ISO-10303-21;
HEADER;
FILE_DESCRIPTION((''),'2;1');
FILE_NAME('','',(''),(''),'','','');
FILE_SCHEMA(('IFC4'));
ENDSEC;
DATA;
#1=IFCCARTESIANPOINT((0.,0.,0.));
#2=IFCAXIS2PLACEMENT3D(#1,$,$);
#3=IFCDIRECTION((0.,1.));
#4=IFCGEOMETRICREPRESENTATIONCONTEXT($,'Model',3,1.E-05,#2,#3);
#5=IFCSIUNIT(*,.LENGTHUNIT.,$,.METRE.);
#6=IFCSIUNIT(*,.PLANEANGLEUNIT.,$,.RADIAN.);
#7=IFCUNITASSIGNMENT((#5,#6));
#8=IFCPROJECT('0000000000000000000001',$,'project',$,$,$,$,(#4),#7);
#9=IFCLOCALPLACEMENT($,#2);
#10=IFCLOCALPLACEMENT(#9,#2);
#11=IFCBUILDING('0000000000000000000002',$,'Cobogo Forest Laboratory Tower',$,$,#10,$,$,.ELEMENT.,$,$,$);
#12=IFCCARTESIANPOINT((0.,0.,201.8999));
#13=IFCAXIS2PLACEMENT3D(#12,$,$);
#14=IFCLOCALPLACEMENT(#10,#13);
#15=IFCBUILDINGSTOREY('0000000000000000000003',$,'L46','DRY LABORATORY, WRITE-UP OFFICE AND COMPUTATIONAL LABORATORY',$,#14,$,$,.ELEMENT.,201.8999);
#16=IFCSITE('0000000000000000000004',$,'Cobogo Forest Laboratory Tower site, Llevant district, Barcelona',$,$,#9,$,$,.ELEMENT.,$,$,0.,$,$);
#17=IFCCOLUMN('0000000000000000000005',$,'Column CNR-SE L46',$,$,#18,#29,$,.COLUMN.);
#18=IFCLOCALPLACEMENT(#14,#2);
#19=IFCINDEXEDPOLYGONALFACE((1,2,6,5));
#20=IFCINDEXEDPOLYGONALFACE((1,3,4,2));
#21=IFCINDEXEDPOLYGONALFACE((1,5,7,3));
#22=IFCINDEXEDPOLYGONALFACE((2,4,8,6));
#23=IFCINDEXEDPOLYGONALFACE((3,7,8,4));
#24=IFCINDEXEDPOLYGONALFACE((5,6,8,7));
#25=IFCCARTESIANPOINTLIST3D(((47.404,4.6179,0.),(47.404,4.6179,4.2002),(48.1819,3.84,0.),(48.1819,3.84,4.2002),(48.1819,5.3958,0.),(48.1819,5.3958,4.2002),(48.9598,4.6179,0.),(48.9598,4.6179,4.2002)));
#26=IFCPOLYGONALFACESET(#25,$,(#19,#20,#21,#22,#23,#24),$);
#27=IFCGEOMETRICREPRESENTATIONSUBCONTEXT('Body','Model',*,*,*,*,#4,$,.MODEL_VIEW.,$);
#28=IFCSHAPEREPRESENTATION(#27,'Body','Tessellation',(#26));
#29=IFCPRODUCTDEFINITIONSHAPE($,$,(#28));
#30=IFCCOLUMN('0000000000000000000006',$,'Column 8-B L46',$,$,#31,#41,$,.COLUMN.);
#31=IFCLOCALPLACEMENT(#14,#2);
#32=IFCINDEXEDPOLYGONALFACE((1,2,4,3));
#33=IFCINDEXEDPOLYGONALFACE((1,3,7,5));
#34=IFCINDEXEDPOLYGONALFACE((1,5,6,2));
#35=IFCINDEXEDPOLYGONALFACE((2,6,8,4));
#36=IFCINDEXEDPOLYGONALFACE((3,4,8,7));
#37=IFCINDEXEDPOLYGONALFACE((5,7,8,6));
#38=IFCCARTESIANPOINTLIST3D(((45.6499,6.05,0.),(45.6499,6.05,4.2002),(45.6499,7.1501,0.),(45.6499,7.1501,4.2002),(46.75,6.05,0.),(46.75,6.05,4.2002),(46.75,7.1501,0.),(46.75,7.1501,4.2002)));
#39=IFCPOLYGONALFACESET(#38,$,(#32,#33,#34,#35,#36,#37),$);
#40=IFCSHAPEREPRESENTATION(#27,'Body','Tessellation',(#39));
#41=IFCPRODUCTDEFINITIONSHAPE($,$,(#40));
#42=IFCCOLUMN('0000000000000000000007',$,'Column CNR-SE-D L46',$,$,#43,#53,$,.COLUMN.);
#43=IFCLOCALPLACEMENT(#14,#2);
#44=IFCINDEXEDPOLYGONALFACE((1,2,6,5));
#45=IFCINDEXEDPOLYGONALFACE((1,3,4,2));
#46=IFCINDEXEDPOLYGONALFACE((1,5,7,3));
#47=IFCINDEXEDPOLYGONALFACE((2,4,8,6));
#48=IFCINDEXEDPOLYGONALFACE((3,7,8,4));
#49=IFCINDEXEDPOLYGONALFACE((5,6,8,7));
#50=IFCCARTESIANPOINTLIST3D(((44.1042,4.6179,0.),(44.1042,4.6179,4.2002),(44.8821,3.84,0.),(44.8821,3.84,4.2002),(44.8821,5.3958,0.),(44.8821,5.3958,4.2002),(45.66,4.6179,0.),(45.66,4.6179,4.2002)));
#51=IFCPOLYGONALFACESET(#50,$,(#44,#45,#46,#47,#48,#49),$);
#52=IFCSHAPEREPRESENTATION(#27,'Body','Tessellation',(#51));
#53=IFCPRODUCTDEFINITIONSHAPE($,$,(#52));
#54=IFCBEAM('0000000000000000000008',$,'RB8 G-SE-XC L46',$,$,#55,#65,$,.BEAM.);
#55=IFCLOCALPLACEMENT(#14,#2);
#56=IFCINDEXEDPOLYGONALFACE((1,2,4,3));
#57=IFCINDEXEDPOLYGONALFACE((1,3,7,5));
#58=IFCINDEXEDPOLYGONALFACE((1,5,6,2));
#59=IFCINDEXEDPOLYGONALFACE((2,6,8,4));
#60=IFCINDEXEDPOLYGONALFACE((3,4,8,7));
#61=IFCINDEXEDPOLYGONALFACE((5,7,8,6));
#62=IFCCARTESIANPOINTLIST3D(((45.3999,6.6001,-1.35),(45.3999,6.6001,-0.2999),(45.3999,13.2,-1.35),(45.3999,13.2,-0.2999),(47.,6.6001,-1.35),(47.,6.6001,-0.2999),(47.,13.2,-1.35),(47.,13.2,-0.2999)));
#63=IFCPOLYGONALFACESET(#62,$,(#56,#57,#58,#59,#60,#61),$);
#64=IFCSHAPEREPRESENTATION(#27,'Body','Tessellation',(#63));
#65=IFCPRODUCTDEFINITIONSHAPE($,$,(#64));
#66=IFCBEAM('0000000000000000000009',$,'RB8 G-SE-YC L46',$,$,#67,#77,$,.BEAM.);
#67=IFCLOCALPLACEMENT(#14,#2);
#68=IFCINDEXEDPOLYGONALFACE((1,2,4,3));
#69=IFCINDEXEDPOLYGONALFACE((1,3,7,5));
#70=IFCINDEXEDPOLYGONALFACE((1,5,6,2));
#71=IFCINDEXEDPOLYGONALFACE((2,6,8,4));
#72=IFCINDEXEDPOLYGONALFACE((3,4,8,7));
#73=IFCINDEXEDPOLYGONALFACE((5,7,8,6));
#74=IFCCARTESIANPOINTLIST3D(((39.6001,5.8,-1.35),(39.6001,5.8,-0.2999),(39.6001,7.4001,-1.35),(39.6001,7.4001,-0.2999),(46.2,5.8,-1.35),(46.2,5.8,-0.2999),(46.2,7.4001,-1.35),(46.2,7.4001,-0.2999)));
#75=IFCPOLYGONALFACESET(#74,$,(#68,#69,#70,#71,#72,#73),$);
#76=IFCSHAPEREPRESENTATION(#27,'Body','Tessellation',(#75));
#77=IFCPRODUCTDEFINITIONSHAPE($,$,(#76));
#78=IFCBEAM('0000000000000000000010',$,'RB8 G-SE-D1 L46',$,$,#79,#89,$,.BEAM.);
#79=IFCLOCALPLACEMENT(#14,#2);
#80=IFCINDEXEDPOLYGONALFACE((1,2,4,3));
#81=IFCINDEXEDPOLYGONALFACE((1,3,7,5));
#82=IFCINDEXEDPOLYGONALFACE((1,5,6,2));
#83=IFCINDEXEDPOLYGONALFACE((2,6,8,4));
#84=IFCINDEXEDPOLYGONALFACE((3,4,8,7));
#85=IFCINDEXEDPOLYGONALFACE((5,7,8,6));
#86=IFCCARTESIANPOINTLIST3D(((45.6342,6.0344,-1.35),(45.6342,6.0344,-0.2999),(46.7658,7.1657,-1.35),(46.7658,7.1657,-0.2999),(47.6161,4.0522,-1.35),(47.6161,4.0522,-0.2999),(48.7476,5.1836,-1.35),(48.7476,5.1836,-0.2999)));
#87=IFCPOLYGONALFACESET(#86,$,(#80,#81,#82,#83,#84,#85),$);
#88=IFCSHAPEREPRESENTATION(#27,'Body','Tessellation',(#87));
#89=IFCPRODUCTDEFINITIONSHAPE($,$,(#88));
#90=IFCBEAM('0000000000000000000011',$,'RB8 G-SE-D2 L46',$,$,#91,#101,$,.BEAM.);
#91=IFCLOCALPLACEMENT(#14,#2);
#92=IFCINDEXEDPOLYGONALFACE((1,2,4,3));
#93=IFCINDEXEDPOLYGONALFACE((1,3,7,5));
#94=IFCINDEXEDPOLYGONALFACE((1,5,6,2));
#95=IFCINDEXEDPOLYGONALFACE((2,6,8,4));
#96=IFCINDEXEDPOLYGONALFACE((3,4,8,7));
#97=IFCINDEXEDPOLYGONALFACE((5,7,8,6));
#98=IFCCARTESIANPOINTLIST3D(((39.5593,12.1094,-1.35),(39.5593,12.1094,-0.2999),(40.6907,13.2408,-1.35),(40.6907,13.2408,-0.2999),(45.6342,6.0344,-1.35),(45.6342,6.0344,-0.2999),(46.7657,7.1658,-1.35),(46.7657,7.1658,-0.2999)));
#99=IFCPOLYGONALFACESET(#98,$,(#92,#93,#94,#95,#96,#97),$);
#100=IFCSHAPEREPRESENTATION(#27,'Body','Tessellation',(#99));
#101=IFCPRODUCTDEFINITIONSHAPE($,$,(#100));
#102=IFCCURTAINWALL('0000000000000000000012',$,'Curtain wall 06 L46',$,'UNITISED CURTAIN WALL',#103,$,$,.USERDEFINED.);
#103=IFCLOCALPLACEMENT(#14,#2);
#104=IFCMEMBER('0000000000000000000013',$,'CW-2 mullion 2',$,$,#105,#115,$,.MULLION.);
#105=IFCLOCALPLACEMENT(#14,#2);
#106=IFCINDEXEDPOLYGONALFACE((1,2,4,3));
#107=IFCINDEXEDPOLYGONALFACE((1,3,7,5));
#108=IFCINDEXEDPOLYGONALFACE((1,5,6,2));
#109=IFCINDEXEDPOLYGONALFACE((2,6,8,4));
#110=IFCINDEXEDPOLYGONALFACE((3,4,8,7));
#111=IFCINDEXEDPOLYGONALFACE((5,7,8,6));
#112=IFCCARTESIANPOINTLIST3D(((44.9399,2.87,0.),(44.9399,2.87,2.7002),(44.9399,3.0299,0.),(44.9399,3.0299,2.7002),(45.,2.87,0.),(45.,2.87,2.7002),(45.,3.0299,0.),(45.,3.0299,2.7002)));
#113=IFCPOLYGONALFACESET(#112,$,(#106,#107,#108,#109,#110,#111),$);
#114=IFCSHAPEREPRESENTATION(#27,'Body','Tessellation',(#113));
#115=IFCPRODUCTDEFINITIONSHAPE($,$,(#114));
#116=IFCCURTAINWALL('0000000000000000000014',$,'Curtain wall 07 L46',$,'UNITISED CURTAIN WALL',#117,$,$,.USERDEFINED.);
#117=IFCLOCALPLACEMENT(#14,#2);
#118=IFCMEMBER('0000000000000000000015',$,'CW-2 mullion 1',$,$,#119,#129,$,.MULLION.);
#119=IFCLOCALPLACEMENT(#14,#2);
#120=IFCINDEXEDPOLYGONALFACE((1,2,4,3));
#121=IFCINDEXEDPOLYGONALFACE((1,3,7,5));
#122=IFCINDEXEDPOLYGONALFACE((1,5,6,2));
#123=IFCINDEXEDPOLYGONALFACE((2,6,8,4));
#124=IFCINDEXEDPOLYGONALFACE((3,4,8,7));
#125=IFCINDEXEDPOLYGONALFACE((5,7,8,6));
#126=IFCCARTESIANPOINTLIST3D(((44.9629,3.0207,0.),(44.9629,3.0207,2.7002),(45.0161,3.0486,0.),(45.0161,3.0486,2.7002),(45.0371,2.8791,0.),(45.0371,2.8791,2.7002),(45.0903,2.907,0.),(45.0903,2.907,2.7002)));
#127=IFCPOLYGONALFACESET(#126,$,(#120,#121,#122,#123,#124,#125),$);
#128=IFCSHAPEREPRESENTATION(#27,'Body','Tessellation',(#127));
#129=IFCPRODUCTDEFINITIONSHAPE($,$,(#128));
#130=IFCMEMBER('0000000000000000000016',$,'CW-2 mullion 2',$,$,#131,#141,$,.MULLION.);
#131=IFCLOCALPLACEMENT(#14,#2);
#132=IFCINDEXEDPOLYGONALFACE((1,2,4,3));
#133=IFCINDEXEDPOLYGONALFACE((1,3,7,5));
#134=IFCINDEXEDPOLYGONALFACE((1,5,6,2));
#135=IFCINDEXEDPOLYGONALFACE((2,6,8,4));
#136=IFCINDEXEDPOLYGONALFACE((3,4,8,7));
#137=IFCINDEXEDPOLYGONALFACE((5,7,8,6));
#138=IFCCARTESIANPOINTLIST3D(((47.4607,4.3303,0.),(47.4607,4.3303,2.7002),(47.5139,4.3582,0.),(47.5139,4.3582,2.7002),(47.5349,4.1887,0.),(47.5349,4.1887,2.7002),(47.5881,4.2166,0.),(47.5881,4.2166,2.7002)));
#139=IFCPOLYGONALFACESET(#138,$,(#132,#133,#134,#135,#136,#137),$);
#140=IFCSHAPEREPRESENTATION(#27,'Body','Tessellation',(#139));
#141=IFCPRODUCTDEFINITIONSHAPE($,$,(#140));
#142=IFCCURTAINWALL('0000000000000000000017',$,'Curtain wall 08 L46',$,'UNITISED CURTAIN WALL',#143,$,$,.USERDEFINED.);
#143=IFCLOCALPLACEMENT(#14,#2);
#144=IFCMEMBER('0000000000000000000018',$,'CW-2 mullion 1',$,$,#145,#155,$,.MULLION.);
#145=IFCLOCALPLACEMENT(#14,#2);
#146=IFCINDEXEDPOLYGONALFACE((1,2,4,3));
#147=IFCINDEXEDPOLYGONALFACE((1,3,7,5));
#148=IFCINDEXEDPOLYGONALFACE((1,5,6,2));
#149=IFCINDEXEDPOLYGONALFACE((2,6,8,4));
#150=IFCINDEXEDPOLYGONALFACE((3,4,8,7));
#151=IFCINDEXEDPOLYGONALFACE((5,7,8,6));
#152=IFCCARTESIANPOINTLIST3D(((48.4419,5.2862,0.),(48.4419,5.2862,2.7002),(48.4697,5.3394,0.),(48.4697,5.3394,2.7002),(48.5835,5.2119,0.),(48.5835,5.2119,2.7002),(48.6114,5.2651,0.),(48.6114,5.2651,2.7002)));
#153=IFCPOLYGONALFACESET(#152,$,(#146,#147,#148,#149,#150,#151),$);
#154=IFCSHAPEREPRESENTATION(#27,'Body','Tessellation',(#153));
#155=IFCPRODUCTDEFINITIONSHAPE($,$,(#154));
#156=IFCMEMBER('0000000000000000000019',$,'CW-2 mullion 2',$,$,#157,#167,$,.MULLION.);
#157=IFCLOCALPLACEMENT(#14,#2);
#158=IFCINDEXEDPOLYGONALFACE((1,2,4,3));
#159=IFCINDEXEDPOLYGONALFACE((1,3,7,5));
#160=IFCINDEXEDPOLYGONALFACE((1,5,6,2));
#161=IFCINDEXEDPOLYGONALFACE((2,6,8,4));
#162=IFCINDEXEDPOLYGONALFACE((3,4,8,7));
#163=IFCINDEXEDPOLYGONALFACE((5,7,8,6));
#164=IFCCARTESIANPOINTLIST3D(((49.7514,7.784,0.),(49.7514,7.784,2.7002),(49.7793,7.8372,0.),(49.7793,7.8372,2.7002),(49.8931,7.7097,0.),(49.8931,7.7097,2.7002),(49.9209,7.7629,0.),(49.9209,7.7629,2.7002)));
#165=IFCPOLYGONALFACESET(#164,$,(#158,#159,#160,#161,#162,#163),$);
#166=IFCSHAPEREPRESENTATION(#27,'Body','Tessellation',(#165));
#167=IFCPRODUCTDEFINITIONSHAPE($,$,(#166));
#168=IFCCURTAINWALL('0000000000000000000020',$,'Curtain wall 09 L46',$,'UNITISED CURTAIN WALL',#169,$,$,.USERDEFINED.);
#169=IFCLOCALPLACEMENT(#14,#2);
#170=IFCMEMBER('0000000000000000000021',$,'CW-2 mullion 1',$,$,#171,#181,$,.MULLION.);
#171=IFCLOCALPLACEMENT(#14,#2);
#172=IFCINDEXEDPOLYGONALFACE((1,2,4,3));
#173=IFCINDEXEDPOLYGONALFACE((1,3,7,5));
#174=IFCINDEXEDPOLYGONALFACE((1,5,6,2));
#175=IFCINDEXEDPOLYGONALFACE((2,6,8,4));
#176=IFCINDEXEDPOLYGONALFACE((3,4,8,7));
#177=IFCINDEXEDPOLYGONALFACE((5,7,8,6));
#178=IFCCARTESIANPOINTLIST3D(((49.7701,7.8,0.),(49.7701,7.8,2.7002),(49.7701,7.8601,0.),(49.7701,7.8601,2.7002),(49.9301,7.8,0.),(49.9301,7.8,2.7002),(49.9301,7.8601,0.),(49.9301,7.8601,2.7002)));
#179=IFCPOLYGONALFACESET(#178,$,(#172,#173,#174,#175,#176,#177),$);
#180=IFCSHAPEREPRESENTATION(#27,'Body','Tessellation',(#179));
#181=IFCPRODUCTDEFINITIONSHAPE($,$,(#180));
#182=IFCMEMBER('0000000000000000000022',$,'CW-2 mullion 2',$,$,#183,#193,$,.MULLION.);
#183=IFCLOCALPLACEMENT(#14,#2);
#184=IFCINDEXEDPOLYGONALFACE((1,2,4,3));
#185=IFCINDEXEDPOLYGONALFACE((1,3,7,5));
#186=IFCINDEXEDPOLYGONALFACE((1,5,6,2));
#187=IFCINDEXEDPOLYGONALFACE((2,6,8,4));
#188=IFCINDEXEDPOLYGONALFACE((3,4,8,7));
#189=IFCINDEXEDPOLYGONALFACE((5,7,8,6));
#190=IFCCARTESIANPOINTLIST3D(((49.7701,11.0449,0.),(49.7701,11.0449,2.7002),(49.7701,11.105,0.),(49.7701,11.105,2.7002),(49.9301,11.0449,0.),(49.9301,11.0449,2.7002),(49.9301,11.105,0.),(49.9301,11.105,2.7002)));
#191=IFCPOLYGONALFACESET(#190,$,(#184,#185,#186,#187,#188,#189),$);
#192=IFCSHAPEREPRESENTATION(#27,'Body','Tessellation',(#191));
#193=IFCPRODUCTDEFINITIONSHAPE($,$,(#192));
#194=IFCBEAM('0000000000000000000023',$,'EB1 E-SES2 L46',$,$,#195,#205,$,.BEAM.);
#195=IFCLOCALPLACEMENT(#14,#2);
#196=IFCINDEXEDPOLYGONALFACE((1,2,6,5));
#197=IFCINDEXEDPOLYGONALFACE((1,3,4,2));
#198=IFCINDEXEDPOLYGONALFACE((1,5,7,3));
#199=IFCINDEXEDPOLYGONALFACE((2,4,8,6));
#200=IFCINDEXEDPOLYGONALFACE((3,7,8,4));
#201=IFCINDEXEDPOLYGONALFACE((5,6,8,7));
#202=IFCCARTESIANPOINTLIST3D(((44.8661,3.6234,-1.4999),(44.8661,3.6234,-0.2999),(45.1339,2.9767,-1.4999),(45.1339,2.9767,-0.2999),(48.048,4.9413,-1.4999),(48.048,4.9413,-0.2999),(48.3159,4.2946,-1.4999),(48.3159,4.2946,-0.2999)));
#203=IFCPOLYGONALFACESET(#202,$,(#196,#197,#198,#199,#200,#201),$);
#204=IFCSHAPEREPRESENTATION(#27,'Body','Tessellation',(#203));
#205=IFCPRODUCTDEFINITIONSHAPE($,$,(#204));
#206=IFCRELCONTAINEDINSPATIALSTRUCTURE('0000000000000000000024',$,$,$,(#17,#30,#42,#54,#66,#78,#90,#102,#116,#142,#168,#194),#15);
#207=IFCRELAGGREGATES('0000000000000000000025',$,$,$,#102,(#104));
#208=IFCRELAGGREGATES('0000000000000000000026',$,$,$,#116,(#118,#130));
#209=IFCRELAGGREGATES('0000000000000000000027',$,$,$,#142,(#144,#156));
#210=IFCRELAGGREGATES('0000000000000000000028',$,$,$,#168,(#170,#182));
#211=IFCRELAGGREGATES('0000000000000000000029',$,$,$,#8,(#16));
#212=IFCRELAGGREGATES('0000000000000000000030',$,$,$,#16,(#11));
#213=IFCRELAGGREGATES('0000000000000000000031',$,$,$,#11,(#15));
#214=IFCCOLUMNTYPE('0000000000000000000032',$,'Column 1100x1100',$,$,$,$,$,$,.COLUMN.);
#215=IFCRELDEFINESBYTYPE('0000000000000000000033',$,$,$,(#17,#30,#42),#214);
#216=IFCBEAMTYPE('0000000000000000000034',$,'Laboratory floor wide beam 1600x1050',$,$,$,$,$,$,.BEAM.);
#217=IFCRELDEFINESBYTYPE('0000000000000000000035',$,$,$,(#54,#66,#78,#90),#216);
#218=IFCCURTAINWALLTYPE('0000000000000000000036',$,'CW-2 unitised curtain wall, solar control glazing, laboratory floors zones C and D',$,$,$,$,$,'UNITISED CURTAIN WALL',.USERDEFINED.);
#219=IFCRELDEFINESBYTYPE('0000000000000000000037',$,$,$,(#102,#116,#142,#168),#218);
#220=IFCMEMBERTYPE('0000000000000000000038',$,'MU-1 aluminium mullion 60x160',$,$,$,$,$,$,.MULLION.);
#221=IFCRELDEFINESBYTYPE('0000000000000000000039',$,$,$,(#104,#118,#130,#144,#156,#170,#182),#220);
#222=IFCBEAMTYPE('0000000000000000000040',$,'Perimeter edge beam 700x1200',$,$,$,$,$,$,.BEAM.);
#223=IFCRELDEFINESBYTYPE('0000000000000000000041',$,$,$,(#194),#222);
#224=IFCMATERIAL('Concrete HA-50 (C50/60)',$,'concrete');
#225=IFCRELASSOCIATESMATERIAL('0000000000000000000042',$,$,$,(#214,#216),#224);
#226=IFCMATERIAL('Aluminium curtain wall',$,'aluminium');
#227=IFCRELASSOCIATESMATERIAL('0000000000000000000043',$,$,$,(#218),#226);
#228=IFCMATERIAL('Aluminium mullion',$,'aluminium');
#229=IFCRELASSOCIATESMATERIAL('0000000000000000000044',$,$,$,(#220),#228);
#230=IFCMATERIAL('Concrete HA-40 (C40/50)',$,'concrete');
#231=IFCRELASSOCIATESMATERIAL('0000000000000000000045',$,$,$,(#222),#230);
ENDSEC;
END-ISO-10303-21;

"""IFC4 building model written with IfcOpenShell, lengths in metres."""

from ifc_helpers import new_model, si_unit, direction, frame, origin, origin_2d, place, context, subcontext, project, spatial, rectangle, extrude, material, material_profile, profile_set, type_object, element, aggregate, save


model = new_model("IFC4")

# Units and contexts
model_context = context("Model", 3, precision=1e-05, world=origin(), true_north=direction((0.0, 1.0)))
body_context = subcontext(model_context, "Body", "Model", "MODEL_VIEW")
ifc_project = project(units=[si_unit("LENGTHUNIT", "METRE"), si_unit("PLANEANGLEUNIT", "RADIAN")], contexts=[model_context])

# Site, building, storey
site_placement = place(None, origin())
site = spatial("IfcSite", under=ifc_project, at=site_placement, Name="Cobogo Forest Laboratory Tower site, Llevant district, Barcelona", CompositionType="ELEMENT", RefElevation=0.0)
building_placement = place(site_placement, origin())
building = spatial("IfcBuilding", under=site, at=building_placement, Name="Cobogo Forest Laboratory Tower", CompositionType="ELEMENT")
storey_placement = place(building_placement, frame((0.0, 0.0, 201.8999)))
storey = spatial("IfcBuildingStorey", under=building, at=storey_placement, Name="L46", Description="DRY LABORATORY, WRITE-UP OFFICE AND COMPUTATIONAL LABORATORY", CompositionType="ELEMENT", Elevation=201.8999)

# Columns
ifc_material_1 = material(Name="Concrete HA-50 (C50/60)", Category="concrete")
ifc_material_profile_1 = material_profile(ifc_material_1, rectangle(XDim=1.1001, YDim=1.1001, at=origin_2d()), Name="RC 1100x1100")
ifc_profile_set_1 = profile_set([ifc_material_profile_1], Name="Concrete HA-50 (C50/60)")
column_type = type_object("IfcColumnType", Name="Column 1100x1100", PredefinedType="COLUMN", material=ifc_profile_set_1)
for number, where, z_axis, x_axis, name in (
    (1, (48.1819, 4.6179, 0.0), (0.0, 0.0, 1.0), (0.707107, 0.707107, 0.0), "Column CNR-SE L46"),
    (2, (46.2, 6.6001, 0.0), (0.0, 0.0, 1.0), (1.0, 0.0, 0.0), "Column 8-B L46"),
    (3, (44.8821, 4.6179, 0.0), (0.0, 0.0, 1.0), (0.707107, 0.707107, 0.0), "Column CNR-SE-D L46"),
):
    element("IfcColumn", number, at=place(storey_placement, frame(where, z_axis=z_axis, x_axis=x_axis)), inside=storey, type_object=column_type, Name=name, PredefinedType="COLUMN", context=body_context, shape_type="SweptSolid", body=[
        extrude(rectangle(XDim=1.1001, YDim=1.1001, at=origin_2d()), origin(), (0.0, 0.0, 1.0), 4.2002),
    ])

# Beams
ifc_material_profile_2 = material_profile(ifc_material_1, rectangle(XDim=1.6001, YDim=1.05, at=origin_2d()), Name="RC 1600x1050")
ifc_profile_set_2 = profile_set([ifc_material_profile_2], Name="Concrete HA-50 (C50/60)")
beam_type_1 = type_object("IfcBeamType", Name="Laboratory floor wide beam 1600x1050", PredefinedType="BEAM", material=ifc_profile_set_2)
for number, where, z_axis, x_axis, name in (
    (4, (46.2, 6.6001, -0.825), (0.0, 1.0, 0.0), (-1.0, 0.0, 0.0), "RB8 G-SE-XC L46"),
    (5, (46.2, 6.6001, -0.825), (-1.0, 0.0, 0.0), (0.0, -1.0, 0.0), "RB8 G-SE-YC L46"),
):
    element("IfcBeam", number, at=place(storey_placement, frame(where, z_axis=z_axis, x_axis=x_axis)), inside=storey, type_object=beam_type_1, Name=name, PredefinedType="BEAM", context=body_context, shape_type="SweptSolid", body=[
        extrude(rectangle(XDim=1.6001, YDim=1.05, at=origin_2d()), origin(), (0.0, 0.0, 1.0), 6.5999),
    ])
beam_1_placement = place(storey_placement, frame((48.1819, 4.6179, -0.825), z_axis=(-0.707063, 0.70715, 0.0), x_axis=(-0.70715, -0.707063, 0.0)))
element("IfcBeam", 6, at=beam_1_placement, inside=storey, type_object=beam_type_1, Name="RB8 G-SE-D1 L46", PredefinedType="BEAM", context=body_context, shape_type="SweptSolid", body=[
    extrude(rectangle(XDim=1.6001, YDim=1.05, at=origin_2d()), origin(), (0.0, 0.0, 1.0), 2.803),
])
beam_2_placement = place(storey_placement, frame((46.2, 6.6001, -0.825), z_axis=(-0.707107, 0.707107, 0.0), x_axis=(-0.707107, -0.707107, 0.0)))
element("IfcBeam", 7, at=beam_2_placement, inside=storey, type_object=beam_type_1, Name="RB8 G-SE-D2 L46", PredefinedType="BEAM", context=body_context, shape_type="SweptSolid", body=[
    extrude(rectangle(XDim=1.6001, YDim=1.05, at=origin_2d()), origin(), (0.0, 0.0, 1.0), 8.5913),
])

# Curtain wall, member
ifc_material_2 = material(Name="Aluminium curtain wall", Category="aluminium")
curtain_wall_type = type_object("IfcCurtainWallType", Name="CW-2 unitised curtain wall, solar control glazing, laboratory floors zones C and D", ElementType="UNITISED CURTAIN WALL", PredefinedType="USERDEFINED", material=ifc_material_2)
curtain_wall_1_placement = place(storey_placement, origin())
curtain_wall_1 = element("IfcCurtainWall", 8, at=curtain_wall_1_placement, inside=storey, type_object=curtain_wall_type, Name="Curtain wall 06 L46", ObjectType="UNITISED CURTAIN WALL", PredefinedType="USERDEFINED")
ifc_material_3 = material(Name="Aluminium mullion", Category="aluminium")
ifc_material_profile_3 = material_profile(ifc_material_3, rectangle(XDim=0.0601, YDim=0.1599, at=origin_2d()), Name="AL 60x160")
ifc_profile_set_3 = profile_set([ifc_material_profile_3], Name="Aluminium mullion")
member_type_1 = type_object("IfcMemberType", Name="MU-1 aluminium mullion 60x160", PredefinedType="MULLION", material=ifc_profile_set_3)
member_1_placement = place(storey_placement, frame((44.97, 2.95, 0.0), z_axis=(0.0, 0.0, 1.0), x_axis=(1.0, 0.0, 0.0)))
member_1 = element("IfcMember", 9, at=member_1_placement, type_object=member_type_1, Name="CW-2 mullion 2", PredefinedType="MULLION", context=body_context, shape_type="SweptSolid", body=[
    extrude(rectangle(XDim=0.0601, YDim=0.1599, at=origin_2d()), origin(), (0.0, 0.0, 1.0), 2.7002),
])
aggregate(curtain_wall_1, [member_1])

# Curtain walls, members
curtain_wall_2_placement = place(storey_placement, origin())
curtain_wall_2 = element("IfcCurtainWall", 10, at=curtain_wall_2_placement, inside=storey, type_object=curtain_wall_type, Name="Curtain wall 07 L46", ObjectType="UNITISED CURTAIN WALL", PredefinedType="USERDEFINED")
member_2_placement = place(storey_placement, frame((45.0266, 2.9639, 0.0), z_axis=(0.0, 0.0, 1.0), x_axis=(0.885686, 0.464284, 0.0)))
member_2 = element("IfcMember", 11, at=member_2_placement, type_object=member_type_1, Name="CW-2 mullion 1", PredefinedType="MULLION", context=body_context, shape_type="SweptSolid", body=[
    extrude(rectangle(XDim=0.0601, YDim=0.1599, at=origin_2d()), origin(), (0.0, 0.0, 1.0), 2.7002),
])
member_3_placement = place(storey_placement, frame((47.5244, 4.2734, 0.0), z_axis=(0.0, 0.0, 1.0), x_axis=(0.885686, 0.464284, 0.0)))
member_3 = element("IfcMember", 12, at=member_3_placement, type_object=member_type_1, Name="CW-2 mullion 2", PredefinedType="MULLION", context=body_context, shape_type="SweptSolid", body=[
    extrude(rectangle(XDim=0.0601, YDim=0.1599, at=origin_2d()), origin(), (0.0, 0.0, 1.0), 2.7002),
])
curtain_wall_3_placement = place(storey_placement, origin())
curtain_wall_3 = element("IfcCurtainWall", 13, at=curtain_wall_3_placement, inside=storey, type_object=curtain_wall_type, Name="Curtain wall 08 L46", ObjectType="UNITISED CURTAIN WALL", PredefinedType="USERDEFINED")
member_4_placement = place(storey_placement, frame((48.5266, 5.2756, 0.0), z_axis=(0.0, 0.0, 1.0), x_axis=(0.464284, 0.885686, 0.0)))
member_4 = element("IfcMember", 14, at=member_4_placement, type_object=member_type_1, Name="CW-2 mullion 1", PredefinedType="MULLION", context=body_context, shape_type="SweptSolid", body=[
    extrude(rectangle(XDim=0.0601, YDim=0.1599, at=origin_2d()), origin(), (0.0, 0.0, 1.0), 2.7002),
])
member_5_placement = place(storey_placement, frame((49.8362, 7.7734, 0.0), z_axis=(0.0, 0.0, 1.0), x_axis=(0.464284, 0.885686, 0.0)))
member_5 = element("IfcMember", 15, at=member_5_placement, type_object=member_type_1, Name="CW-2 mullion 2", PredefinedType="MULLION", context=body_context, shape_type="SweptSolid", body=[
    extrude(rectangle(XDim=0.0601, YDim=0.1599, at=origin_2d()), origin(), (0.0, 0.0, 1.0), 2.7002),
])
curtain_wall_4_placement = place(storey_placement, origin())
curtain_wall_4 = element("IfcCurtainWall", 16, at=curtain_wall_4_placement, inside=storey, type_object=curtain_wall_type, Name="Curtain wall 09 L46", ObjectType="UNITISED CURTAIN WALL", PredefinedType="USERDEFINED")
member_6_placement = place(storey_placement, frame((49.8501, 7.8301, 0.0), z_axis=(0.0, 0.0, 1.0), x_axis=(0.0, 1.0, 0.0)))
member_6 = element("IfcMember", 17, at=member_6_placement, type_object=member_type_1, Name="CW-2 mullion 1", PredefinedType="MULLION", context=body_context, shape_type="SweptSolid", body=[
    extrude(rectangle(XDim=0.0601, YDim=0.1599, at=origin_2d()), origin(), (0.0, 0.0, 1.0), 2.7002),
])
member_7_placement = place(storey_placement, frame((49.8501, 11.075, 0.0), z_axis=(0.0, 0.0, 1.0), x_axis=(0.0, 1.0, 0.0)))
member_7 = element("IfcMember", 18, at=member_7_placement, type_object=member_type_1, Name="CW-2 mullion 2", PredefinedType="MULLION", context=body_context, shape_type="SweptSolid", body=[
    extrude(rectangle(XDim=0.0601, YDim=0.1599, at=origin_2d()), origin(), (0.0, 0.0, 1.0), 2.7002),
])

# Beam
ifc_material_4 = material(Name="Concrete HA-40 (C40/50)", Category="concrete")
ifc_material_profile_4 = material_profile(ifc_material_4, rectangle(XDim=0.7, YDim=1.2, at=origin_2d()), Name="RC 700x1200")
ifc_profile_set_4 = profile_set([ifc_material_profile_4], Name="Concrete HA-40 (C40/50)")
beam_type_2 = type_object("IfcBeamType", Name="Perimeter edge beam 700x1200", PredefinedType="BEAM", material=ifc_profile_set_4)
beam_3_placement = place(storey_placement, frame((45.0, 3.3, -0.8999), z_axis=(0.923891, 0.382656, 0.0), x_axis=(-0.382656, 0.923891, 0.0)))
element("IfcBeam", 19, at=beam_3_placement, inside=storey, type_object=beam_type_2, Name="EB1 E-SES2 L46", PredefinedType="BEAM", context=body_context, shape_type="SweptSolid", body=[
    extrude(rectangle(XDim=0.7, YDim=1.2, at=origin_2d()), origin(), (0.0, 0.0, 1.0), 3.4441),
])

aggregate(curtain_wall_2, [member_2, member_3])
aggregate(curtain_wall_3, [member_4, member_5])
aggregate(curtain_wall_4, [member_6, member_7])

save(model, "model.ifc")
